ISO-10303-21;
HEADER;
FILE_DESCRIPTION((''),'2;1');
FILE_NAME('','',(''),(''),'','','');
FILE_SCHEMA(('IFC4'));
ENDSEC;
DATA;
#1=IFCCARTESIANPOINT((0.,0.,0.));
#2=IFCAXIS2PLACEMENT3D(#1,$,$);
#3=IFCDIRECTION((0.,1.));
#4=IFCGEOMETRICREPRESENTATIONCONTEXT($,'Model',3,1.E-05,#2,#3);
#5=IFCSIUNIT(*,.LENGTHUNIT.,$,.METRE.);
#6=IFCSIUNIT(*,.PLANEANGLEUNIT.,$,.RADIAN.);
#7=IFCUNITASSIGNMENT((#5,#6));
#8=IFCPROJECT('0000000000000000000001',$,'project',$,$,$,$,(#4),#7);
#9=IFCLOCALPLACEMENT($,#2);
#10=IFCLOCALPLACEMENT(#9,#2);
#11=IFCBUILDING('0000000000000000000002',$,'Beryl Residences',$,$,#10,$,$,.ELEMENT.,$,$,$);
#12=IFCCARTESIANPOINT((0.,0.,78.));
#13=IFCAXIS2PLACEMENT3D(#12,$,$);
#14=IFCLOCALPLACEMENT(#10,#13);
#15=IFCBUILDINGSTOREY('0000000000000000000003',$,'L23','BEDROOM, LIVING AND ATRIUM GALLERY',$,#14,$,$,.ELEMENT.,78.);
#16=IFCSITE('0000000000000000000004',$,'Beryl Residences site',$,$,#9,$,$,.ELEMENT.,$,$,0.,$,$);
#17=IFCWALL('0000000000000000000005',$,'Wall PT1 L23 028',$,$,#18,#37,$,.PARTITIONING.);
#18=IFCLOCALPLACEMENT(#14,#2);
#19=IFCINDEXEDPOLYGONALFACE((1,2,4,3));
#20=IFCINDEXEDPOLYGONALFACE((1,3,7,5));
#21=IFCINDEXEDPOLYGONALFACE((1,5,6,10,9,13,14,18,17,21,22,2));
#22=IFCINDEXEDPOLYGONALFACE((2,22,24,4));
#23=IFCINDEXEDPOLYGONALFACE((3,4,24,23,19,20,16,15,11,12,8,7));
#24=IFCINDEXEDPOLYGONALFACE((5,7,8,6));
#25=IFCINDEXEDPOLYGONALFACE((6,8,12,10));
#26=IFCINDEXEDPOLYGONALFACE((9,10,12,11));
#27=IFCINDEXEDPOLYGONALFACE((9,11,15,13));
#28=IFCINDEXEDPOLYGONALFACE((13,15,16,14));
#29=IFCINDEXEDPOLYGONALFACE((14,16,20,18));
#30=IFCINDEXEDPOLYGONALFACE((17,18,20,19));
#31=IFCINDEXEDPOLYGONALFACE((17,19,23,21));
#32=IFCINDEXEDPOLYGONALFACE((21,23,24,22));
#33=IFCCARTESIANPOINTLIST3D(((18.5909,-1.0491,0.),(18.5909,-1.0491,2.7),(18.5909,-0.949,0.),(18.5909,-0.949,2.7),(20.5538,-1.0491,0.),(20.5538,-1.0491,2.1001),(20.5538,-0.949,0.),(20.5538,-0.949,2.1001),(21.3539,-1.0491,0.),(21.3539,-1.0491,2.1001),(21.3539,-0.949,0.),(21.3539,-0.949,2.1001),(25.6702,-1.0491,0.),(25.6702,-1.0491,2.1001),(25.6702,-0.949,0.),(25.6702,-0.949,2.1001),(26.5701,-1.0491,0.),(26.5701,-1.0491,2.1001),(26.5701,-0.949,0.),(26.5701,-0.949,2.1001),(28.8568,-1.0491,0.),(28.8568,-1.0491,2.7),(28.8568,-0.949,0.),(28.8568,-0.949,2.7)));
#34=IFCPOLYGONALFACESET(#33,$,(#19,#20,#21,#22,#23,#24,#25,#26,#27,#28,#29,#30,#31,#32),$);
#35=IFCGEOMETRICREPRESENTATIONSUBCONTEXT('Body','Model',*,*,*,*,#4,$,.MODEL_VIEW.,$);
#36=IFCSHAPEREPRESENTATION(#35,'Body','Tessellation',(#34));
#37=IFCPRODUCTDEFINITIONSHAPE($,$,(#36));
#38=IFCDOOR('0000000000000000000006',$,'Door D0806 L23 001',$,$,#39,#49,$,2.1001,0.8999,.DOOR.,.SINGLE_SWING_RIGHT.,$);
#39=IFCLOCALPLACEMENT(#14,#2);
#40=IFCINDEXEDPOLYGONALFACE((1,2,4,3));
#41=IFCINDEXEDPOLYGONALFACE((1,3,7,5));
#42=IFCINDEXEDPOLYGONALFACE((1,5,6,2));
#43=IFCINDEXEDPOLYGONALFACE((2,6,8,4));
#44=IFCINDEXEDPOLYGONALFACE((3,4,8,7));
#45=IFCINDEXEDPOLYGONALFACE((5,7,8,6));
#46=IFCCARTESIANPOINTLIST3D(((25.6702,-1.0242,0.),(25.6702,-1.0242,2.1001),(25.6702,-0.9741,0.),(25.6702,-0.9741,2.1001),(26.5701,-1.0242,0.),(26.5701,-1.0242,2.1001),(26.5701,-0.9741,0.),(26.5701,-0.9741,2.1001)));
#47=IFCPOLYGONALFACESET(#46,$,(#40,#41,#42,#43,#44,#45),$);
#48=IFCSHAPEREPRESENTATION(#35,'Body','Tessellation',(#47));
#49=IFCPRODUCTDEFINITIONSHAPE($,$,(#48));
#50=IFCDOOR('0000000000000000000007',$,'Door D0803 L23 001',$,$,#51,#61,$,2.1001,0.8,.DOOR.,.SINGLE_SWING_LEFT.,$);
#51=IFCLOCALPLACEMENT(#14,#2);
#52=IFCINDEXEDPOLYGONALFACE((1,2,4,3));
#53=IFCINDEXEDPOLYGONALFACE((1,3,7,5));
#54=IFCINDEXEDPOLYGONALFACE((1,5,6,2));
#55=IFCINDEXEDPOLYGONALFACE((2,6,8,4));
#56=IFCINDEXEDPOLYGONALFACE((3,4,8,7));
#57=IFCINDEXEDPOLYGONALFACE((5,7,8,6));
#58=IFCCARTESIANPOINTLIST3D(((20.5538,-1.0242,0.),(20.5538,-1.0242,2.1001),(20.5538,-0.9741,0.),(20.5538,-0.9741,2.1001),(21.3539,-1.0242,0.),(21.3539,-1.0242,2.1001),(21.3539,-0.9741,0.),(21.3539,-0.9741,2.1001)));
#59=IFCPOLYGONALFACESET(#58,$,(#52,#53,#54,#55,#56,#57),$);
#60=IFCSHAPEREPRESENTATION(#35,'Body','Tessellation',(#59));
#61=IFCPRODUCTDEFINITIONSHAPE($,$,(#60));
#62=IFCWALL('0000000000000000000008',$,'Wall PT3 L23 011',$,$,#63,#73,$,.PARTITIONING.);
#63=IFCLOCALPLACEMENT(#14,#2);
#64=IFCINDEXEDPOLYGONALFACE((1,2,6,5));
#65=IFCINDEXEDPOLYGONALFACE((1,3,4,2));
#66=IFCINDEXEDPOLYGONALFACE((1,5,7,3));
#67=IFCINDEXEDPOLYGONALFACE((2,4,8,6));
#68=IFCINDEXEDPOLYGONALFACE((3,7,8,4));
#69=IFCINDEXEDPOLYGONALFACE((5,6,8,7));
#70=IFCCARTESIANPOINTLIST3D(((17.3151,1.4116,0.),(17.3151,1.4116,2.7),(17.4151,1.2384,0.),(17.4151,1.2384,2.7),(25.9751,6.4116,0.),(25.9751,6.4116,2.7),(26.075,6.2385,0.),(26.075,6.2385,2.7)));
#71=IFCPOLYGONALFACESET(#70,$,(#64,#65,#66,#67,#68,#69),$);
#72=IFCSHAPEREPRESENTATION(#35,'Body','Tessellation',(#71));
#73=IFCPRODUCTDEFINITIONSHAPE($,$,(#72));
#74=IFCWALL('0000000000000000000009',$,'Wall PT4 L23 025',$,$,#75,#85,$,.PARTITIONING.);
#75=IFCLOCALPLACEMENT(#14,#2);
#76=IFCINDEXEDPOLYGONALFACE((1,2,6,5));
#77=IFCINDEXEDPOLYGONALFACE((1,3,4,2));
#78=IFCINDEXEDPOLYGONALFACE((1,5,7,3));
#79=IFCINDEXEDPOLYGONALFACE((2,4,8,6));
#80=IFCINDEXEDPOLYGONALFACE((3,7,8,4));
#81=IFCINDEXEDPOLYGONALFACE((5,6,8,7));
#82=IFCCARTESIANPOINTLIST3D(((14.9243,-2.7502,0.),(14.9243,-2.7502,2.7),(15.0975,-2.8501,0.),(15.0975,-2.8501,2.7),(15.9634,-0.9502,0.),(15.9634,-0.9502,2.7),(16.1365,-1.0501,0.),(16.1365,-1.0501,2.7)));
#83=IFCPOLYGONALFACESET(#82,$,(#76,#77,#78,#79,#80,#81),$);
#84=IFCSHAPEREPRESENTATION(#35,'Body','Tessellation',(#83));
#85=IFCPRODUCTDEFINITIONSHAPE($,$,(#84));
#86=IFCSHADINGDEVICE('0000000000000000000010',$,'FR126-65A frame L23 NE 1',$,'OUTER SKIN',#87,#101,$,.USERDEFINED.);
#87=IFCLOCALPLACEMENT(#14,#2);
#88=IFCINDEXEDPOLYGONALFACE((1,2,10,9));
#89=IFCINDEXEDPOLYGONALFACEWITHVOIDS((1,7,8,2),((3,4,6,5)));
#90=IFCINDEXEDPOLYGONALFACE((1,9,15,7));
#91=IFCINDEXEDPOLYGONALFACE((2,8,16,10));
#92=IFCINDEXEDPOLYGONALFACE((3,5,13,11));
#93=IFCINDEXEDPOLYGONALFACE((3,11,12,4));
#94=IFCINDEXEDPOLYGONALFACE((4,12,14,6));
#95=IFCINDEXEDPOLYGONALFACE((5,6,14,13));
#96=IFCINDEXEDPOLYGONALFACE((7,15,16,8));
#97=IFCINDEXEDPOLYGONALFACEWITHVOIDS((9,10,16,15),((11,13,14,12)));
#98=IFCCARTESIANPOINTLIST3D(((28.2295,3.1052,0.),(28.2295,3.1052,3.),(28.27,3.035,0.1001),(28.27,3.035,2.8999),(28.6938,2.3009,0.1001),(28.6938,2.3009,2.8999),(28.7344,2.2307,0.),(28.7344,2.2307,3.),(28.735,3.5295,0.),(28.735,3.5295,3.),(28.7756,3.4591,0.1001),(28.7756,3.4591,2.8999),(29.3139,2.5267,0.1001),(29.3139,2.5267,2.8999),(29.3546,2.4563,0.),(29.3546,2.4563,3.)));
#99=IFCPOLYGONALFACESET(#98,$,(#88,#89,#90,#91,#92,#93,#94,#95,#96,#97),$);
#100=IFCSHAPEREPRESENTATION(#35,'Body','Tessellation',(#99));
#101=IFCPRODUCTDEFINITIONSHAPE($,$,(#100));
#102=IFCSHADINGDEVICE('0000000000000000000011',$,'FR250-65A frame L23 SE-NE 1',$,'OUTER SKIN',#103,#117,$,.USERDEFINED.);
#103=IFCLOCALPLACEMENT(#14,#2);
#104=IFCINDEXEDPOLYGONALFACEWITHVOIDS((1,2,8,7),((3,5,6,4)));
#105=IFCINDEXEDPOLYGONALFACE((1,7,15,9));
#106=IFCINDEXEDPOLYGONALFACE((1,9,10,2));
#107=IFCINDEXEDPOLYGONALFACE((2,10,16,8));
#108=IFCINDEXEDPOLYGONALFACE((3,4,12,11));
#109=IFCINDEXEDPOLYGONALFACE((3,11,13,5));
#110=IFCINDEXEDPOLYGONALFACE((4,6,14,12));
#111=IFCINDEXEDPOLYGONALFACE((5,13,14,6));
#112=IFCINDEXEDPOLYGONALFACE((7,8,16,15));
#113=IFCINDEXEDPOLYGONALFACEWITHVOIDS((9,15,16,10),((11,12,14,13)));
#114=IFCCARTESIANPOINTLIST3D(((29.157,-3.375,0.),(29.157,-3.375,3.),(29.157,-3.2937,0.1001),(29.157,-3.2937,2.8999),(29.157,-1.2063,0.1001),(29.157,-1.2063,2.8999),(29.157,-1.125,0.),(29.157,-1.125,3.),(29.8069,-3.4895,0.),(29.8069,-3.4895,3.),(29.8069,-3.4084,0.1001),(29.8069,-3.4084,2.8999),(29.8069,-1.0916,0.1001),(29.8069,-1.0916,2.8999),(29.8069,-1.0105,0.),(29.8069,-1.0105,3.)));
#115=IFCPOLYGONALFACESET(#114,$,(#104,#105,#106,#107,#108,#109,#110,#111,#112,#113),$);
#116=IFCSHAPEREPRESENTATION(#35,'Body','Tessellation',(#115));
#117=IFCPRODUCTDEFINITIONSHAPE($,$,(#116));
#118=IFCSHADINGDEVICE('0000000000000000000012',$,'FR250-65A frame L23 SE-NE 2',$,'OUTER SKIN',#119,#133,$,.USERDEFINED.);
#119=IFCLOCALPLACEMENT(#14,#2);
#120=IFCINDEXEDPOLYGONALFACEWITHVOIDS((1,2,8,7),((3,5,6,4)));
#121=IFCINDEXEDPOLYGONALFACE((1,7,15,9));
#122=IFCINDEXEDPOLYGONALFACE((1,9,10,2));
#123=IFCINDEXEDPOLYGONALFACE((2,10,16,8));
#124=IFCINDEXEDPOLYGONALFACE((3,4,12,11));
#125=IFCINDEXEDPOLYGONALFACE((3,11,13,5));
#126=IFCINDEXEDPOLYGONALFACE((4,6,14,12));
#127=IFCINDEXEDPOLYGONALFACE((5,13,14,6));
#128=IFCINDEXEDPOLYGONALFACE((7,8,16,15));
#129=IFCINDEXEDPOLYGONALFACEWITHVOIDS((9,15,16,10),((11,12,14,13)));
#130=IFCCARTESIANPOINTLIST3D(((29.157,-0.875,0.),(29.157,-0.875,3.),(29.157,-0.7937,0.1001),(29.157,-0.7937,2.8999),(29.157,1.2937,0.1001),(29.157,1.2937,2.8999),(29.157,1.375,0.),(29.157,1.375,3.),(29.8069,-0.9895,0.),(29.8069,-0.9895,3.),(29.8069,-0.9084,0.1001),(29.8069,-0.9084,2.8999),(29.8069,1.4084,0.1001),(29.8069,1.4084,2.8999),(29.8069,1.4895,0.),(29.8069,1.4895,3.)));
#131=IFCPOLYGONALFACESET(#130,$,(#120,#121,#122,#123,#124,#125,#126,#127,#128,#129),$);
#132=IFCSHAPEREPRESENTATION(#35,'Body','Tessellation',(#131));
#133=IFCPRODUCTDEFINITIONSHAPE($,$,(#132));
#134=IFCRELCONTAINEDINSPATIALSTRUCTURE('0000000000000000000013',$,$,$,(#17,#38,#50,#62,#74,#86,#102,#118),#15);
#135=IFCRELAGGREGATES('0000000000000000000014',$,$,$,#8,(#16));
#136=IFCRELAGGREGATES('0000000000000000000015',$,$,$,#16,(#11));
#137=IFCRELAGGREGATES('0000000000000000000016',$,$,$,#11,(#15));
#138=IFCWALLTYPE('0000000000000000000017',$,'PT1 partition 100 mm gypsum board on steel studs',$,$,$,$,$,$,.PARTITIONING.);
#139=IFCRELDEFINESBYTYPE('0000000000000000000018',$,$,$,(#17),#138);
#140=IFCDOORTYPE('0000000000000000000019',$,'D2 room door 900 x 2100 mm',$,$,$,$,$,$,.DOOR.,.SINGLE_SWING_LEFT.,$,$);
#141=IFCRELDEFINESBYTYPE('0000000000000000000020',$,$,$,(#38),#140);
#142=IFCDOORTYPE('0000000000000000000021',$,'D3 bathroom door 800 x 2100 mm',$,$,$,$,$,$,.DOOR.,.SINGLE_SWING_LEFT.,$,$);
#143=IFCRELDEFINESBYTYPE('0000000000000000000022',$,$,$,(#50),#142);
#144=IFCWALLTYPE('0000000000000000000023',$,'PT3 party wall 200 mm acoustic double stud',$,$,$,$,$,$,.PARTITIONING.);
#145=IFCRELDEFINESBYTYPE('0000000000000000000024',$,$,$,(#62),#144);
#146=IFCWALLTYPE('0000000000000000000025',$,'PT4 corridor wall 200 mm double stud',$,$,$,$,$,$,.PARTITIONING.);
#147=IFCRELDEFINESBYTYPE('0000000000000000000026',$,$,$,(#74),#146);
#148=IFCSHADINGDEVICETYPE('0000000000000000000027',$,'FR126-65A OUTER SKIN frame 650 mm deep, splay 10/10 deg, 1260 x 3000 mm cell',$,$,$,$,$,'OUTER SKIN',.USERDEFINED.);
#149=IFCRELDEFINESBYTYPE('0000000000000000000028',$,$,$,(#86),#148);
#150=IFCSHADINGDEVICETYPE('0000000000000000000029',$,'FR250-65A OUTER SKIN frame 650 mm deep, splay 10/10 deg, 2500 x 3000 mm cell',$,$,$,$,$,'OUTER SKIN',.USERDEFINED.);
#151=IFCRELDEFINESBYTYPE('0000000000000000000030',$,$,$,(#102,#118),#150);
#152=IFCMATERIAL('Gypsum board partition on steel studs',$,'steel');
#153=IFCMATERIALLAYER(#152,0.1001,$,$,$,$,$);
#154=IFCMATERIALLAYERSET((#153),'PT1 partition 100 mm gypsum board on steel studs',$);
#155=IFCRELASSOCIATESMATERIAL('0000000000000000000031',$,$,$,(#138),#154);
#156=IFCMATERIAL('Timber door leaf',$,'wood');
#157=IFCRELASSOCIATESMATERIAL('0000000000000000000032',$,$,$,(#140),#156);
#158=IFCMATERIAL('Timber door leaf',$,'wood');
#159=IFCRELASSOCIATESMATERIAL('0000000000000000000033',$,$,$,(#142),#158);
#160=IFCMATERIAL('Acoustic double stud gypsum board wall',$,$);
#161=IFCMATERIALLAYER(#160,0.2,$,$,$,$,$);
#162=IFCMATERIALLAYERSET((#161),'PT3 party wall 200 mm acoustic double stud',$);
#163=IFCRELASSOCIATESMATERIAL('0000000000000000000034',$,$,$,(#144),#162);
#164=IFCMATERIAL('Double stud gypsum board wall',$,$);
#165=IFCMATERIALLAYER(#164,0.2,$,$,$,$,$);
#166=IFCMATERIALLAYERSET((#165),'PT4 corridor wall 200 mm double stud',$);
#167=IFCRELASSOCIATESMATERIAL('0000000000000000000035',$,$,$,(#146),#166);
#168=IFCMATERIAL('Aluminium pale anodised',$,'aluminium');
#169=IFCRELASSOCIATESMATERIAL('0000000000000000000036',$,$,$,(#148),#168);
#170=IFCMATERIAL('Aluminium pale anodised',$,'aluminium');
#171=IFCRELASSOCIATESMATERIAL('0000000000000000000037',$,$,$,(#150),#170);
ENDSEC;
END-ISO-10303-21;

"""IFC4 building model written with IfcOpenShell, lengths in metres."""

from ifc_helpers import new_model, entity, si_unit, direction, frame, frame_2d, origin, place, context, subcontext, project, spatial, rectangle, extrude, source, transform, mapped, material, layer, layer_set, type_object, type_shapes, element, fill, save


model = new_model("IFC4")

# Units and contexts
model_context = context("Model", 3, precision=1e-05, world=origin(), true_north=direction((0.0, 1.0)))
body_context = subcontext(model_context, "Body", "Model", "MODEL_VIEW")
ifc_project = project(units=[si_unit("LENGTHUNIT", "METRE"), si_unit("PLANEANGLEUNIT", "RADIAN")], contexts=[model_context])

# Site, building, storey
site_placement = place(None, origin())
site = spatial("IfcSite", under=ifc_project, at=site_placement, Name="Beryl Residences site", CompositionType="ELEMENT", RefElevation=0.0)
building_placement = place(site_placement, origin())
building = spatial("IfcBuilding", under=site, at=building_placement, Name="Beryl Residences", CompositionType="ELEMENT")
storey_placement = place(building_placement, frame((0.0, 0.0, 78.0)))
storey = spatial("IfcBuildingStorey", under=building, at=storey_placement, Name="L23", Description="BEDROOM, LIVING AND ATRIUM GALLERY", CompositionType="ELEMENT", Elevation=78.0)

# Shared definitions
ifc_material_1 = material(Name="Gypsum board partition on steel studs", Category="steel")
ifc_layer_1 = layer(ifc_material_1, 0.1001)
ifc_layer_set_1 = layer_set([ifc_layer_1], Name="PT1 partition 100 mm gypsum board on steel studs")
wall_type_1 = type_object("IfcWallType", Name="PT1 partition 100 mm gypsum board on steel studs", PredefinedType="PARTITIONING", material=ifc_layer_set_1)

# Wall, openings, doors
wall_1_placement = place(storey_placement, frame((18.5911, -0.999, 0.0), z_axis=(0.0, 0.0, 1.0), x_axis=(1.0, 0.0, 0.0)))
wall_1 = element("IfcWall", 1, at=wall_1_placement, inside=storey, type_object=wall_type_1, Name="Wall PT1 L23 028", PredefinedType="PARTITIONING", context=body_context, shape_type="SweptSolid", body=[
    extrude(rectangle(XDim=10.2659, YDim=0.1001, at=frame_2d((5.1328, 0.0))), origin(), (0.0, 0.0, 1.0), 2.7),
])
opening_1_placement = place(wall_1_placement, frame((1.9629, 0.0, 0.0)))
opening_1 = element("IfcOpeningElement", 2, at=opening_1_placement, cuts=wall_1, PredefinedType="OPENING", context=body_context, shape_type="SweptSolid", body=[
    extrude(rectangle(XDim=0.8, YDim=2.1001, at=frame_2d((0.3999, 1.05))), frame((0.0, 0.0601, 0.0), z_axis=(0.0, -1.0, 0.0), x_axis=(1.0, 0.0, 0.0)), (0.0, 0.0, 1.0), 0.1201),
])
opening_2_placement = place(wall_1_placement, frame((7.0791, 0.0, 0.0)))
opening_2 = element("IfcOpeningElement", 3, at=opening_2_placement, cuts=wall_1, PredefinedType="OPENING", context=body_context, shape_type="SweptSolid", body=[
    extrude(rectangle(XDim=0.8999, YDim=2.1001, at=frame_2d((0.45, 1.05))), frame((0.0, 0.0601, 0.0), z_axis=(0.0, -1.0, 0.0), x_axis=(1.0, 0.0, 0.0)), (0.0, 0.0, 1.0), 0.1201),
])
ifc_material_2 = material(Name="Timber door leaf", Category="wood")
door_type_1 = type_object("IfcDoorType", Name="D2 room door 900 x 2100 mm", OperationType="SINGLE_SWING_LEFT", PredefinedType="DOOR", material=ifc_material_2)
door_1_placement = place(opening_2_placement, origin())
door_1 = element("IfcDoor", 4, at=door_1_placement, inside=storey, type_object=door_type_1, Name="Door D0806 L23 001", OperationType="SINGLE_SWING_RIGHT", OverallHeight=2.1001, OverallWidth=0.8999, PredefinedType="DOOR", context=body_context, shape_type="SweptSolid", body=[
    extrude(rectangle(XDim=0.8999, YDim=2.1001, at=frame_2d((0.45, 1.05))), frame((0.0, 0.0249, 0.0), z_axis=(0.0, -1.0, 0.0), x_axis=(1.0, 0.0, 0.0)), (0.0, 0.0, 1.0), 0.05),
])
fill(opening_2, door_1)
ifc_material_3 = material(Name="Timber door leaf", Category="wood")
door_type_2 = type_object("IfcDoorType", Name="D3 bathroom door 800 x 2100 mm", OperationType="SINGLE_SWING_LEFT", PredefinedType="DOOR", material=ifc_material_3)
door_2_placement = place(opening_1_placement, origin())
door_2 = element("IfcDoor", 5, at=door_2_placement, inside=storey, type_object=door_type_2, Name="Door D0803 L23 001", OperationType="SINGLE_SWING_LEFT", OverallHeight=2.1001, OverallWidth=0.8, PredefinedType="DOOR", context=body_context, shape_type="SweptSolid", body=[
    extrude(rectangle(XDim=0.8, YDim=2.1001, at=frame_2d((0.3999, 1.05))), frame((0.0, 0.0249, 0.0), z_axis=(0.0, -1.0, 0.0), x_axis=(1.0, 0.0, 0.0)), (0.0, 0.0, 1.0), 0.05),
])
fill(opening_1, door_2)

# Walls
ifc_material_4 = material(Name="Acoustic double stud gypsum board wall")
ifc_layer_2 = layer(ifc_material_4, 0.2)
ifc_layer_set_2 = layer_set([ifc_layer_2], Name="PT3 party wall 200 mm acoustic double stud")
wall_type_2 = type_object("IfcWallType", Name="PT3 party wall 200 mm acoustic double stud", PredefinedType="PARTITIONING", material=ifc_layer_set_2)
wall_2_placement = place(storey_placement, frame((17.365, 1.325, 0.0), z_axis=(0.0, 0.0, 1.0), x_axis=(0.866017, 0.500015, 0.0)))
element("IfcWall", 6, at=wall_2_placement, inside=storey, type_object=wall_type_2, Name="Wall PT3 L23 011", PredefinedType="PARTITIONING", context=body_context, shape_type="SweptSolid", body=[
    extrude(rectangle(XDim=9.9998, YDim=0.2, at=frame_2d((5.0, 0.0))), origin(), (0.0, 0.0, 1.0), 2.7),
])
ifc_material_5 = material(Name="Double stud gypsum board wall")
ifc_layer_3 = layer(ifc_material_5, 0.2)
ifc_layer_set_3 = layer_set([ifc_layer_3], Name="PT4 corridor wall 200 mm double stud")
wall_type_3 = type_object("IfcWallType", Name="PT4 corridor wall 200 mm double stud", PredefinedType="PARTITIONING", material=ifc_layer_set_3)
wall_3_placement = place(storey_placement, frame((15.011, -2.8, 0.0), z_axis=(0.0, 0.0, 1.0), x_axis=(0.499929, 0.866066, 0.0)))
element("IfcWall", 7, at=wall_3_placement, inside=storey, type_object=wall_type_3, Name="Wall PT4 L23 025", PredefinedType="PARTITIONING", context=body_context, shape_type="SweptSolid", body=[
    extrude(rectangle(XDim=2.0784, YDim=0.2, at=frame_2d((1.0391, 0.0))), origin(), (0.0, 0.0, 1.0), 2.7),
])

# Shading devices
ifc_material_6 = material(Name="Aluminium pale anodised", Category="aluminium")
shading_device_type_1 = type_object("IfcShadingDeviceType", Name="FR126-65A OUTER SKIN frame 650 mm deep, splay 10/10 deg, 1260 x 3000 mm cell", ElementType="OUTER SKIN", PredefinedType="USERDEFINED", material=ifc_material_6)
cartesian_point_1 = entity("IfcCartesianPoint", [-0.5049, 0.0])
cartesian_point_2 = entity("IfcCartesianPoint", [-0.4238, 0.1001])
cartesian_point_3 = entity("IfcCartesianPoint", [-0.6196, 0.0])
cartesian_point_4 = entity("IfcCartesianPoint", [-0.5383, 0.1001])
shared_shape_1 = source(origin(), body_context, "Body", "SweptSolid", [
    entity("IfcExtrudedAreaSolidTapered", entity("IfcArbitraryProfileDefWithVoids", "AREA", None, entity("IfcPolyline", [cartesian_point_1, entity("IfcCartesianPoint", [0.5049, 0.0]), entity("IfcCartesianPoint", [0.5049, 3.0]), entity("IfcCartesianPoint", [-0.5049, 3.0]), cartesian_point_1]), [entity("IfcPolyline", [cartesian_point_2, entity("IfcCartesianPoint", [0.4238, 0.1001]), entity("IfcCartesianPoint", [0.4238, 2.8999]), entity("IfcCartesianPoint", [-0.4238, 2.8999]), cartesian_point_2])]), entity("IfcAxis2Placement3D", entity("IfcCartesianPoint", [0.0, 0.0, 0.0]), entity("IfcDirection", [0.0, 1.0, 0.0]), entity("IfcDirection", [-1.0, 0.0, 0.0])), entity("IfcDirection", [0.0, 0.0, 1.0]), 0.6499, entity("IfcArbitraryProfileDefWithVoids", "AREA", None, entity("IfcPolyline", [cartesian_point_3, entity("IfcCartesianPoint", [0.6196, 0.0]), entity("IfcCartesianPoint", [0.6196, 3.0]), entity("IfcCartesianPoint", [-0.6196, 3.0]), cartesian_point_3]), [entity("IfcPolyline", [cartesian_point_4, entity("IfcCartesianPoint", [0.5383, 0.1001]), entity("IfcCartesianPoint", [0.5383, 2.8999]), entity("IfcCartesianPoint", [-0.5383, 2.8999]), cartesian_point_4])])),
])
type_shapes(shading_device_type_1, [shared_shape_1])
shading_device_placement = place(storey_placement, frame((28.4819, 2.668, 0.0), z_axis=(0.0, 0.0, 1.0), x_axis=(0.5, -0.866025, 0.0)))
element("IfcShadingDevice", 8, at=shading_device_placement, inside=storey, type_object=shading_device_type_1, Name="FR126-65A frame L23 NE 1", ObjectType="OUTER SKIN", PredefinedType="USERDEFINED", context=body_context, shape_type="MappedRepresentation", body=[
    mapped(shared_shape_1, transform((0.0, 0.0, 0.0))),
])
ifc_material_7 = material(Name="Aluminium pale anodised", Category="aluminium")
shading_device_type_2 = type_object("IfcShadingDeviceType", Name="FR250-65A OUTER SKIN frame 650 mm deep, splay 10/10 deg, 2500 x 3000 mm cell", ElementType="OUTER SKIN", PredefinedType="USERDEFINED", material=ifc_material_7)
cartesian_point_5 = entity("IfcCartesianPoint", [-1.125, 0.0])
cartesian_point_6 = entity("IfcCartesianPoint", [-1.0437, 0.1001])
cartesian_point_7 = entity("IfcCartesianPoint", [-1.2395, 0.0])
cartesian_point_8 = entity("IfcCartesianPoint", [-1.1584, 0.1001])
shared_shape_2 = source(origin(), body_context, "Body", "SweptSolid", [
    entity("IfcExtrudedAreaSolidTapered", entity("IfcArbitraryProfileDefWithVoids", "AREA", None, entity("IfcPolyline", [cartesian_point_5, entity("IfcCartesianPoint", [1.125, 0.0]), entity("IfcCartesianPoint", [1.125, 3.0]), entity("IfcCartesianPoint", [-1.125, 3.0]), cartesian_point_5]), [entity("IfcPolyline", [cartesian_point_6, entity("IfcCartesianPoint", [1.0437, 0.1001]), entity("IfcCartesianPoint", [1.0437, 2.8999]), entity("IfcCartesianPoint", [-1.0437, 2.8999]), cartesian_point_6])]), entity("IfcAxis2Placement3D", entity("IfcCartesianPoint", [0.0, 0.0, 0.0]), entity("IfcDirection", [0.0, 1.0, 0.0]), entity("IfcDirection", [-1.0, 0.0, 0.0])), entity("IfcDirection", [0.0, 0.0, 1.0]), 0.6499, entity("IfcArbitraryProfileDefWithVoids", "AREA", None, entity("IfcPolyline", [cartesian_point_7, entity("IfcCartesianPoint", [1.2395, 0.0]), entity("IfcCartesianPoint", [1.2395, 3.0]), entity("IfcCartesianPoint", [-1.2395, 3.0]), cartesian_point_7]), [entity("IfcPolyline", [cartesian_point_8, entity("IfcCartesianPoint", [1.1584, 0.1001]), entity("IfcCartesianPoint", [1.1584, 2.8999]), entity("IfcCartesianPoint", [-1.1584, 2.8999]), cartesian_point_8])])),
])
type_shapes(shading_device_type_2, [shared_shape_2])
for number, where, z_axis, x_axis, name in (
    (9, (29.157, -2.25, 0.0), (0.0, 0.0, 1.0), (0.0, -1.0, 0.0), "FR250-65A frame L23 SE-NE 1"),
    (10, (29.157, 0.25, 0.0), (0.0, 0.0, 1.0), (0.0, -1.0, 0.0), "FR250-65A frame L23 SE-NE 2"),
):
    element("IfcShadingDevice", number, at=place(storey_placement, frame(where, z_axis=z_axis, x_axis=x_axis)), inside=storey, type_object=shading_device_type_2, Name=name, ObjectType="OUTER SKIN", PredefinedType="USERDEFINED", context=body_context, shape_type="MappedRepresentation", body=[
        mapped(shared_shape_2, transform((0.0, 0.0, 0.0))),
    ])

save(model, "model.ifc")
